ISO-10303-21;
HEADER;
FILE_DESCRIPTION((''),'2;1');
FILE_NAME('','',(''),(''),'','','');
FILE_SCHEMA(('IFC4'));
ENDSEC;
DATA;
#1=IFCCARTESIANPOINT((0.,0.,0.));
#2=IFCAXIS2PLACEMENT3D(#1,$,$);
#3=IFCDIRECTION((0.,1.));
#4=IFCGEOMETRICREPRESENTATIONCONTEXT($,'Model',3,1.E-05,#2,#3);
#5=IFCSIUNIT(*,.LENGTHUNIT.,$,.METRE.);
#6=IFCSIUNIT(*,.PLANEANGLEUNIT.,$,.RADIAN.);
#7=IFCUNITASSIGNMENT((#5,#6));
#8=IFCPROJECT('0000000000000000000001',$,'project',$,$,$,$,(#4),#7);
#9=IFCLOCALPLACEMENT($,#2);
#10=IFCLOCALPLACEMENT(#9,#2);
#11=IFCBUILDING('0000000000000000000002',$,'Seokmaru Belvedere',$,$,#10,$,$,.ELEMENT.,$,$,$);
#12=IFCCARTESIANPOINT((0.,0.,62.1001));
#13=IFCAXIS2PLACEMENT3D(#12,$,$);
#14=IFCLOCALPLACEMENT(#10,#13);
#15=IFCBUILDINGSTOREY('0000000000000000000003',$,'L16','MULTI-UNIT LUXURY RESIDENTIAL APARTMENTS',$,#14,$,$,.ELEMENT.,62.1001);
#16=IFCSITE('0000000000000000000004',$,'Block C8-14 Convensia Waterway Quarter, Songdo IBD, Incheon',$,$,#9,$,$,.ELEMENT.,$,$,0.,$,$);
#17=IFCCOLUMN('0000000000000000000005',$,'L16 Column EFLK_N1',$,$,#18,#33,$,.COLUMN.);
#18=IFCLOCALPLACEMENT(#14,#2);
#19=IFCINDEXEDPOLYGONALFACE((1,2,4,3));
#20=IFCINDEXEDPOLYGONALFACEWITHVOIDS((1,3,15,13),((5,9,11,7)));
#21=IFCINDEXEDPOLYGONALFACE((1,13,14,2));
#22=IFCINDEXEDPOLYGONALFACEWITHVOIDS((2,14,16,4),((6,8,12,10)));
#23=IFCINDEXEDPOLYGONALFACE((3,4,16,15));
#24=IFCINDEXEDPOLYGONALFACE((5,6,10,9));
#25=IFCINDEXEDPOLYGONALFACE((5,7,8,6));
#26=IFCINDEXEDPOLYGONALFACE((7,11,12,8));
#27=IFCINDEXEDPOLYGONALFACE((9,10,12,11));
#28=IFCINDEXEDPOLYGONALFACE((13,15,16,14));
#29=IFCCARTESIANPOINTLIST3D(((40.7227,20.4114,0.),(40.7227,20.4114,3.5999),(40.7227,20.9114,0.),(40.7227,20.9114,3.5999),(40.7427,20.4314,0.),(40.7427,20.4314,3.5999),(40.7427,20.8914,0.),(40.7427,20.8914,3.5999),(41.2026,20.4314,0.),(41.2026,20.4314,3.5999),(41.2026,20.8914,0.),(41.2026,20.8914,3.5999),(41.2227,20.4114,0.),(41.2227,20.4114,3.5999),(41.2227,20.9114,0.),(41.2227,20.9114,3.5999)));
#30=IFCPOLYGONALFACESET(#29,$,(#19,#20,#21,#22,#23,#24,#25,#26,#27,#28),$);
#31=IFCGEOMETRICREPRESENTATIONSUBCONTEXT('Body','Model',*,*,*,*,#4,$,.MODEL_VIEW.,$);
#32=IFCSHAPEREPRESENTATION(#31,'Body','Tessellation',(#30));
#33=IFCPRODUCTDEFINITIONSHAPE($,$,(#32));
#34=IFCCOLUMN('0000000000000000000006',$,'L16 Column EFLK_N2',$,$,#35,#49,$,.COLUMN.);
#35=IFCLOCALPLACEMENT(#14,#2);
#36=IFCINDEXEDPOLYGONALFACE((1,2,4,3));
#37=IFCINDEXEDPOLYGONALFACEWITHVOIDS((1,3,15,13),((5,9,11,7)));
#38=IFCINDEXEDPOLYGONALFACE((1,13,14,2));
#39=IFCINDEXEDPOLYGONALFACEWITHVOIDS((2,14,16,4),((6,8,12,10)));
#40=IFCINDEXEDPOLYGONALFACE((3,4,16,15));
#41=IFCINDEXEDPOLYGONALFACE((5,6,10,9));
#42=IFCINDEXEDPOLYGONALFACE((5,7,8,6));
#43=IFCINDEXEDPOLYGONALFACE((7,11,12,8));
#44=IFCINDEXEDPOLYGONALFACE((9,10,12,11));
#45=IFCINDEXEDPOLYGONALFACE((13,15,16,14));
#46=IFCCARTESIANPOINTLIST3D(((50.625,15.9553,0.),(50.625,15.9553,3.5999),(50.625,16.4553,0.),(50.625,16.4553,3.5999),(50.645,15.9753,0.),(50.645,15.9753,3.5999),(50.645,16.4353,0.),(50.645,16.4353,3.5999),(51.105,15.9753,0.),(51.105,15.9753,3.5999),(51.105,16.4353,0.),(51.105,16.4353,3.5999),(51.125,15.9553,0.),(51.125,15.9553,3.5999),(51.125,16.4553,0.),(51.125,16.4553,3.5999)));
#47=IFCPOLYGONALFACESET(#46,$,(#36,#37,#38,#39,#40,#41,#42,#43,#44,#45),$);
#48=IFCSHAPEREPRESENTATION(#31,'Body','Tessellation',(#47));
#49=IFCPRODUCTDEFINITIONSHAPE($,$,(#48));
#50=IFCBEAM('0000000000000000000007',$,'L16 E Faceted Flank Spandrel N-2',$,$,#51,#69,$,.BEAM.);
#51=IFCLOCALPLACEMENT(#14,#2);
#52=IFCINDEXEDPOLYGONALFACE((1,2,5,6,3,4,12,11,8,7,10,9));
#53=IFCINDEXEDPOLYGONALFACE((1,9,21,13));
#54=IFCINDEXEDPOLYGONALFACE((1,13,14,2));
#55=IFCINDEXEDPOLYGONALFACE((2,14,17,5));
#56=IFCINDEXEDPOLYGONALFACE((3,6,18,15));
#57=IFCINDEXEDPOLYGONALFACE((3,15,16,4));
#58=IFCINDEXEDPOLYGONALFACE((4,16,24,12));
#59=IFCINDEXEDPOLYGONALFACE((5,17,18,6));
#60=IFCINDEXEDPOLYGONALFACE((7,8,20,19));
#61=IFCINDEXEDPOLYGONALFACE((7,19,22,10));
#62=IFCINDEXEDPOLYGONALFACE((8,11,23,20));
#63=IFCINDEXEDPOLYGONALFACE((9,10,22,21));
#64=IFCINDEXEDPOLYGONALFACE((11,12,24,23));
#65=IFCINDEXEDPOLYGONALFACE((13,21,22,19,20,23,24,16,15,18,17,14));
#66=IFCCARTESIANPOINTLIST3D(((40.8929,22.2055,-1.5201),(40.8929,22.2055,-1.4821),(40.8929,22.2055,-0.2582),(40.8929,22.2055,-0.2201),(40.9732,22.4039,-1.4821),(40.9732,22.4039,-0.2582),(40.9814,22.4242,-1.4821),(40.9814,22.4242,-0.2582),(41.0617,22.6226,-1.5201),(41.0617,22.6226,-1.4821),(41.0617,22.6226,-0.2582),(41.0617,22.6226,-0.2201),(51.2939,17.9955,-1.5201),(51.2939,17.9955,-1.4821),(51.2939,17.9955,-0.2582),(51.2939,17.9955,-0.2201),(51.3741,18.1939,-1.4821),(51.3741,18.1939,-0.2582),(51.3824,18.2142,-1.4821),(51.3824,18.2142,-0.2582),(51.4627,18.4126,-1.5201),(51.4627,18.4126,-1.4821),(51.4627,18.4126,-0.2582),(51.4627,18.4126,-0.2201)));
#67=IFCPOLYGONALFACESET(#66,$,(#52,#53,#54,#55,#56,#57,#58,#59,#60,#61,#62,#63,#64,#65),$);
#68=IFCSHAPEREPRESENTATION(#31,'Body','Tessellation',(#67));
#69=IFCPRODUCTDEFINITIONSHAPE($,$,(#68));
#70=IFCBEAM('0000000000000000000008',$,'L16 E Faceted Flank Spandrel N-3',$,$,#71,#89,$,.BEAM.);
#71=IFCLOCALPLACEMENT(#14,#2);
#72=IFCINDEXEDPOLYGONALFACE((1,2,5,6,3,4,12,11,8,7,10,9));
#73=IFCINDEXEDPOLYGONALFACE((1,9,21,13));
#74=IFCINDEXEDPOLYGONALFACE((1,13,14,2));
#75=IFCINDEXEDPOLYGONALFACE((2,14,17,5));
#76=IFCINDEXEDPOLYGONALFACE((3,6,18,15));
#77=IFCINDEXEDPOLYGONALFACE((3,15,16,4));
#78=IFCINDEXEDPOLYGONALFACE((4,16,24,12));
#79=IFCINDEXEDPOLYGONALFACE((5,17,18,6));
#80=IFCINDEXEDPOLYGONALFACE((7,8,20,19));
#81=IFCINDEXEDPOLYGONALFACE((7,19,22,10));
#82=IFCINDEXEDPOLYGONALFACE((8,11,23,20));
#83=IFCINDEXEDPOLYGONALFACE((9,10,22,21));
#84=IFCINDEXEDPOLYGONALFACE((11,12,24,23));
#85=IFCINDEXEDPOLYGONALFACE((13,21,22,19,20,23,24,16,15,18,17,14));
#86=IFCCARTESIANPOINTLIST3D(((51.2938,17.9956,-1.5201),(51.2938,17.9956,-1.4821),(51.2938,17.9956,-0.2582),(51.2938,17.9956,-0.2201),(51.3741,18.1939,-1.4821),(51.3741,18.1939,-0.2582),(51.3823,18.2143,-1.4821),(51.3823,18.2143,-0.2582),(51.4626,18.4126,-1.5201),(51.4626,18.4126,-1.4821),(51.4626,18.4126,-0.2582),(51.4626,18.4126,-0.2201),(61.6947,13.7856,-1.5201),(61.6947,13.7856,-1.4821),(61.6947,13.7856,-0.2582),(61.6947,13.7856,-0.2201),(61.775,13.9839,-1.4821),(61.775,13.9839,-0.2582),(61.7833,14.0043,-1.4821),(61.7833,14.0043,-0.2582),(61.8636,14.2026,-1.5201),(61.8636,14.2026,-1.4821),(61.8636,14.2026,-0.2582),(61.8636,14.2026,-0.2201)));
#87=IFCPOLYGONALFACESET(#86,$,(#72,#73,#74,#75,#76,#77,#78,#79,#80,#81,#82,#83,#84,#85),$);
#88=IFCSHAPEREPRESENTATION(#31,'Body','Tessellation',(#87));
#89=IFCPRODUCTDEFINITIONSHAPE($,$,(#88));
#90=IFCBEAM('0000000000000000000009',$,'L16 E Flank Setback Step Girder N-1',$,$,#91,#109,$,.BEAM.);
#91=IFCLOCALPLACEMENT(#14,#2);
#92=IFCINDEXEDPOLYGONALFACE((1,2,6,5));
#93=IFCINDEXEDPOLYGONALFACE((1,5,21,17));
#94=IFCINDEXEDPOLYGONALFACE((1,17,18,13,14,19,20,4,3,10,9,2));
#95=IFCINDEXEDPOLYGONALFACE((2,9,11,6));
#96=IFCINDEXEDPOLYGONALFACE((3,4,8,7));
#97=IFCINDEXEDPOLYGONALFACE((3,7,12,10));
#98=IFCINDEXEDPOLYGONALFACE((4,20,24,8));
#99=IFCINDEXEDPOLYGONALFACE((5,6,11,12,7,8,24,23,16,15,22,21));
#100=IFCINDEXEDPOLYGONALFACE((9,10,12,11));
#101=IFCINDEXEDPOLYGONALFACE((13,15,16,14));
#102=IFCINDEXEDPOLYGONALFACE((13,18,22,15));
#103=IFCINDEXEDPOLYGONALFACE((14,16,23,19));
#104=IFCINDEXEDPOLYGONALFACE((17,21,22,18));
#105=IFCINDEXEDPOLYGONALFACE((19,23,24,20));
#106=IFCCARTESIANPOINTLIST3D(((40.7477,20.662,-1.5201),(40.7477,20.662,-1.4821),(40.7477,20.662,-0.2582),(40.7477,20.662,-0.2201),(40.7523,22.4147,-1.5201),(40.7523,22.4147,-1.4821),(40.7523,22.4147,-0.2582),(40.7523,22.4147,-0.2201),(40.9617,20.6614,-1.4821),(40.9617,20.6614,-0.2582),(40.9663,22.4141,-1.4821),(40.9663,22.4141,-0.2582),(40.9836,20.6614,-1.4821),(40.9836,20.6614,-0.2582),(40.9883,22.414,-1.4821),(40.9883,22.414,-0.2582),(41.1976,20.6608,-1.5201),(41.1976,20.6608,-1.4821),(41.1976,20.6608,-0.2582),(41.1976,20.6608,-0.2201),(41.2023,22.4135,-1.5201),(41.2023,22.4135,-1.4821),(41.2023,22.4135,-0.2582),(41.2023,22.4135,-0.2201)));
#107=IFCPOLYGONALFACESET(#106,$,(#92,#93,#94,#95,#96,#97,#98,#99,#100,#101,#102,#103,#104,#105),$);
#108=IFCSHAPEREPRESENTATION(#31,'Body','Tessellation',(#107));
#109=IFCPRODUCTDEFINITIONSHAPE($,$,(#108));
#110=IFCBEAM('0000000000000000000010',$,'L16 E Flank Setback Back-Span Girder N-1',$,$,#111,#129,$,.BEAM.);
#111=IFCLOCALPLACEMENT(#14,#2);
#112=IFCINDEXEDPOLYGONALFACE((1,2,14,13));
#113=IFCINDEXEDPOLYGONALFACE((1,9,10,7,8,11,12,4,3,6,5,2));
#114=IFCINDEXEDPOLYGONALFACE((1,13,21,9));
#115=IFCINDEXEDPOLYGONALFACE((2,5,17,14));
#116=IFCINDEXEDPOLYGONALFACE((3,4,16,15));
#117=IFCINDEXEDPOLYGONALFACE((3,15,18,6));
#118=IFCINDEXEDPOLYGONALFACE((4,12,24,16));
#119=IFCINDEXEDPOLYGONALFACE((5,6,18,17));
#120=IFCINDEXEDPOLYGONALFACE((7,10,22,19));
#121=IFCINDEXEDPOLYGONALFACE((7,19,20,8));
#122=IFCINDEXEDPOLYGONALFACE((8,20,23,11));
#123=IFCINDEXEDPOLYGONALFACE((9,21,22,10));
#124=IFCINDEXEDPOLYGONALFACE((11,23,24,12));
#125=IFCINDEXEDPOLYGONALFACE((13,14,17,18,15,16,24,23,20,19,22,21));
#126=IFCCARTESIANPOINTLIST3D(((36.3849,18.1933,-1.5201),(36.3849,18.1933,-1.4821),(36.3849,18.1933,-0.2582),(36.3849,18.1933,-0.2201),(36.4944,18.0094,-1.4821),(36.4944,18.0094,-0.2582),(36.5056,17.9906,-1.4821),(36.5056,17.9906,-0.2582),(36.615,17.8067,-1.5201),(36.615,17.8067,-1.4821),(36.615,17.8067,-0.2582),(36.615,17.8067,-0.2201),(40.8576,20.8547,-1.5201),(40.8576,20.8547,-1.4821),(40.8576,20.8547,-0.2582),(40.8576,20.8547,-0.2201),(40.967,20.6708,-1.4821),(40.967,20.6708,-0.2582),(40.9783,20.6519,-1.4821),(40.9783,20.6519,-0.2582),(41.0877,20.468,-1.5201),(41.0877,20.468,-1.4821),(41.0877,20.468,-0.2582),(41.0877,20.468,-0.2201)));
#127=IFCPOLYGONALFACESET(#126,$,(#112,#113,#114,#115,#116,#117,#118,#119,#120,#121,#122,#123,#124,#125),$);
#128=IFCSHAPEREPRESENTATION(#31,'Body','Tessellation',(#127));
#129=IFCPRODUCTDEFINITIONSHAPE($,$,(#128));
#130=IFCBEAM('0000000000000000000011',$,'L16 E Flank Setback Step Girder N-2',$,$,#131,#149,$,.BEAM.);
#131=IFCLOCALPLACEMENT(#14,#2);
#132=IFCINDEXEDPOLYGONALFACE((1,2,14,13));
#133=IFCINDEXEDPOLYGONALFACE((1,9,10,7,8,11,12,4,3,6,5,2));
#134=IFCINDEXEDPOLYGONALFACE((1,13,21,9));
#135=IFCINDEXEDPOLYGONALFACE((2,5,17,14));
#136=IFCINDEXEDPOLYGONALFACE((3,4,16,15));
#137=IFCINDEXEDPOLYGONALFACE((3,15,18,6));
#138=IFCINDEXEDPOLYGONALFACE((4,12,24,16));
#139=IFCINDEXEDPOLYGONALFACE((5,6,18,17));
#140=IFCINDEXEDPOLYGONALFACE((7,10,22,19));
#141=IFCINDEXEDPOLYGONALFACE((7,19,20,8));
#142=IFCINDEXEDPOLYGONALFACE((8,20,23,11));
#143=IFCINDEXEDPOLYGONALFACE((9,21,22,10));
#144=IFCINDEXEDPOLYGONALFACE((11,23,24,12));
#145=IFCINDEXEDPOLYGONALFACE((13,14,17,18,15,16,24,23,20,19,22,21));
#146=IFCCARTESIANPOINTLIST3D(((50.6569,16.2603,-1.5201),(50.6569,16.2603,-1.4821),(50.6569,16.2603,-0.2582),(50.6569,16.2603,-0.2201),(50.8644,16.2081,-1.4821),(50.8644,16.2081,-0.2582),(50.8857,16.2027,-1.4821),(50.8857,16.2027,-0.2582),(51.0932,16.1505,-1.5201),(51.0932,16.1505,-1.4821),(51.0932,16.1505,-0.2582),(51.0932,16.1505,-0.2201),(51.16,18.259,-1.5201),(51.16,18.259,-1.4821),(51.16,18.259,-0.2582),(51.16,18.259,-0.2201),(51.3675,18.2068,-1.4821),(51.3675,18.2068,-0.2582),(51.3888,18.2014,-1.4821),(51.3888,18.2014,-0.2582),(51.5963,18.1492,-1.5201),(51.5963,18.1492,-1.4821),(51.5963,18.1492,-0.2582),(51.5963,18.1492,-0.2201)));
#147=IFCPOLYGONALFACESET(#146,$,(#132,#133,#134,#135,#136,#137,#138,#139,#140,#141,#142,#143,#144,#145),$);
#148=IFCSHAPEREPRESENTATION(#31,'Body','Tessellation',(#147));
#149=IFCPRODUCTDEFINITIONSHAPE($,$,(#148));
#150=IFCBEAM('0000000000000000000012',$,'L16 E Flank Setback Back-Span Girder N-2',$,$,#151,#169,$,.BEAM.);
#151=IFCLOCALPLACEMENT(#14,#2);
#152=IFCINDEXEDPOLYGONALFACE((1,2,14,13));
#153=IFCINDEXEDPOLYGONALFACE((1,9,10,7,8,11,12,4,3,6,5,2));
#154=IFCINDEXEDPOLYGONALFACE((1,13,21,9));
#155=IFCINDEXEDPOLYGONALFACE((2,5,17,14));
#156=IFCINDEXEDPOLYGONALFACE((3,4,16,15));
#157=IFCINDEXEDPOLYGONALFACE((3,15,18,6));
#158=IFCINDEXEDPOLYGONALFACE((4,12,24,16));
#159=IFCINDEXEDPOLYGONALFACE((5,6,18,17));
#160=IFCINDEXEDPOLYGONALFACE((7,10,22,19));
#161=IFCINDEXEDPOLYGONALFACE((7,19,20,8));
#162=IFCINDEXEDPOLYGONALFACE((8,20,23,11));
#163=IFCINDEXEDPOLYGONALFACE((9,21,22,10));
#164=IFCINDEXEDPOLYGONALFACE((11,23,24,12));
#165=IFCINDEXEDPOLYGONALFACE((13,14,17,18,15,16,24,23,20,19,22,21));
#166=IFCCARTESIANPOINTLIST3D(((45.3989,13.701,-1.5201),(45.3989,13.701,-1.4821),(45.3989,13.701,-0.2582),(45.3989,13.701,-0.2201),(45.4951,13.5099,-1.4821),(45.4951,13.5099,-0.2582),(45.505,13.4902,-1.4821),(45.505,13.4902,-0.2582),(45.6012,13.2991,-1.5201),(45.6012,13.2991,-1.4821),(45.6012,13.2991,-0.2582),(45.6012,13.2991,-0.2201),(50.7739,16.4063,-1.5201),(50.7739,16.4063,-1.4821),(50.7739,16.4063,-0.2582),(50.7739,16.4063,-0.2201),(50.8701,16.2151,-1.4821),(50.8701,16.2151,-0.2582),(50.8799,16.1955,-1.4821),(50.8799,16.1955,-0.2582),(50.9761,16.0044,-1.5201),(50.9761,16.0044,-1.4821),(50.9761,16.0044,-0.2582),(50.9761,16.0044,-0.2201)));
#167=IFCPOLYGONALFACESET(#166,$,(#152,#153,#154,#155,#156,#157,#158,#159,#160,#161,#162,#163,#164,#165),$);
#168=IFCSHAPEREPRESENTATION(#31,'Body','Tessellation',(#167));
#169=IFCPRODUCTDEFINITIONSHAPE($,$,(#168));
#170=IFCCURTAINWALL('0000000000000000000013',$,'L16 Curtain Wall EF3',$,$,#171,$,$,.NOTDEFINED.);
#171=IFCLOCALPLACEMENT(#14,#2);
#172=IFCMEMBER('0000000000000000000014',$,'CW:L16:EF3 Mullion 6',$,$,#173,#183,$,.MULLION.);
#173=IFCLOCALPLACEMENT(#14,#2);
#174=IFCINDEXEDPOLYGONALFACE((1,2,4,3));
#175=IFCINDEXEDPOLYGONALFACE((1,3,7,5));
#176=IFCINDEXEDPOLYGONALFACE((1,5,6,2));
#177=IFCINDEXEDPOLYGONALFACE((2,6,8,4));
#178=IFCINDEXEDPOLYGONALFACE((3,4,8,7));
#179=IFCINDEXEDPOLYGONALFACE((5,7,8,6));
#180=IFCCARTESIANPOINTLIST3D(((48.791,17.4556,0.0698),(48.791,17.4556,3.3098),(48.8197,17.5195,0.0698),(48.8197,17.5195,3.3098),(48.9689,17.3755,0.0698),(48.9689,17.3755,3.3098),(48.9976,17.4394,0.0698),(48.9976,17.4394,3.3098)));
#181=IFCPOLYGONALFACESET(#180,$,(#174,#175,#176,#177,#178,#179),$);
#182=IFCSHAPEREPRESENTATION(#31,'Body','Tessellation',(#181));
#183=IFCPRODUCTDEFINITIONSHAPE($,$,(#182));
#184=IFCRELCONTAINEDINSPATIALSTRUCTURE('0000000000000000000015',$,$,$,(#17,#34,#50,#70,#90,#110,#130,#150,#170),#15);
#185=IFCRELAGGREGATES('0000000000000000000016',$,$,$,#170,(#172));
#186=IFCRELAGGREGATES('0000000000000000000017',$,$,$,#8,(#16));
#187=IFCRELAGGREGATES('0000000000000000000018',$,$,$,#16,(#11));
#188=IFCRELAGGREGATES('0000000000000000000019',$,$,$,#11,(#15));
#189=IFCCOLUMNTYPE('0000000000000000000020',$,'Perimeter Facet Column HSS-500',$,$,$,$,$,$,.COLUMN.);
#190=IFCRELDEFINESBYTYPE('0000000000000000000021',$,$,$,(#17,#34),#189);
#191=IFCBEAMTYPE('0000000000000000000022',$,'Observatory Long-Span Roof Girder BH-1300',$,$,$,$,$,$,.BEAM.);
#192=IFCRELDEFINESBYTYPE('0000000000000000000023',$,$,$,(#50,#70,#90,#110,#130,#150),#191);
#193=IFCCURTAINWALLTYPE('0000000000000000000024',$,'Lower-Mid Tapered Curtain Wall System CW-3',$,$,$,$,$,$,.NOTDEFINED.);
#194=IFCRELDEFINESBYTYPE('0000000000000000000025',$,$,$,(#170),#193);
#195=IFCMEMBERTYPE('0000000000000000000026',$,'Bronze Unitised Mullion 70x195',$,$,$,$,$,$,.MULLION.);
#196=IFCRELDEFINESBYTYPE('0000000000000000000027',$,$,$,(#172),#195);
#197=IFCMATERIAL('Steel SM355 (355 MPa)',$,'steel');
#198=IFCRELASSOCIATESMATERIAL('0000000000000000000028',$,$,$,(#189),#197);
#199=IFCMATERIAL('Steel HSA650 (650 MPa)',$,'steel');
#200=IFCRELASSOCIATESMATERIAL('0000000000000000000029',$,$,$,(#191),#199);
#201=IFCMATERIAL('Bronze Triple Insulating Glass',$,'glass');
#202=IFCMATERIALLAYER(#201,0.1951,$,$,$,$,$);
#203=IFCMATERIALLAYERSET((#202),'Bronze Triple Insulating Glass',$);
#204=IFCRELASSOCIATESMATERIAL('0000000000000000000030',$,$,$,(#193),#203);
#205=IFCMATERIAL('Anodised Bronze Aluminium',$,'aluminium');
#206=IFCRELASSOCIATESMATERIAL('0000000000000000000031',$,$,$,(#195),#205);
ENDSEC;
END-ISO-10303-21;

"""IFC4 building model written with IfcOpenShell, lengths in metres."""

from ifc_helpers import new_model, si_unit, direction, frame, origin, origin_2d, place, context, subcontext, project, spatial, rectangle, hollow_rectangle, i_section, extrude, source, transform, mapped, material, layer, layer_set, material_profile, profile_set, type_object, type_shapes, element, aggregate, save


model = new_model("IFC4")

# Units and contexts
model_context = context("Model", 3, precision=1e-05, world=origin(), true_north=direction((0.0, 1.0)))
body_context = subcontext(model_context, "Body", "Model", "MODEL_VIEW")
ifc_project = project(units=[si_unit("LENGTHUNIT", "METRE"), si_unit("PLANEANGLEUNIT", "RADIAN")], contexts=[model_context])

# Site, building, storey
site_placement = place(None, origin())
site = spatial("IfcSite", under=ifc_project, at=site_placement, Name="Block C8-14 Convensia Waterway Quarter, Songdo IBD, Incheon", CompositionType="ELEMENT", RefElevation=0.0)
building_placement = place(site_placement, origin())
building = spatial("IfcBuilding", under=site, at=building_placement, Name="Seokmaru Belvedere", CompositionType="ELEMENT")
storey_placement = place(building_placement, frame((0.0, 0.0, 62.1001)))
storey = spatial("IfcBuildingStorey", under=building, at=storey_placement, Name="L16", Description="MULTI-UNIT LUXURY RESIDENTIAL APARTMENTS", CompositionType="ELEMENT", Elevation=62.1001)

# Columns
ifc_material_1 = material(Name="Steel SM355 (355 MPa)", Category="steel")
ifc_material_profile_1 = material_profile(ifc_material_1, hollow_rectangle(XDim=0.5, YDim=0.5, WallThickness=0.02, at=origin_2d()), Name="HSS-500x500x20")
ifc_profile_set_1 = profile_set([ifc_material_profile_1], Name="Steel SM355 (355 MPa)")
column_type = type_object("IfcColumnType", Name="Perimeter Facet Column HSS-500", PredefinedType="COLUMN", material=ifc_profile_set_1)
shared_shape_1 = source(origin(), body_context, "Body", "SweptSolid", [
    extrude(hollow_rectangle(XDim=0.5, YDim=0.5, WallThickness=0.02, at=origin_2d()), origin(), (0.0, 0.0, 1.0), 3.5999),
])
type_shapes(column_type, [shared_shape_1])
for number, where, z_axis, x_axis, name in (
    (1, (40.9727, 20.6614, 0.0), (0.0, 0.0, 1.0), (1.0, 0.0, 0.0), "L16 Column EFLK_N1"),
    (2, (50.875, 16.2053, 0.0), (0.0, 0.0, 1.0), (1.0, 0.0, 0.0), "L16 Column EFLK_N2"),
):
    element("IfcColumn", number, at=place(storey_placement, frame(where, z_axis=z_axis, x_axis=x_axis)), inside=storey, type_object=column_type, Name=name, PredefinedType="COLUMN", context=body_context, shape_type="MappedRepresentation", body=[
        mapped(shared_shape_1, transform((0.0, 0.0, 0.0), scale=1.0)),
    ])

# Beams
ifc_material_2 = material(Name="Steel HSA650 (650 MPa)", Category="steel")
ifc_material_profile_2 = material_profile(ifc_material_2, i_section(OverallWidth=0.45, OverallDepth=1.3, WebThickness=0.022, FlangeThickness=0.0381, at=origin_2d()), Name="BH-1300x450x22x38")
ifc_profile_set_2 = profile_set([ifc_material_profile_2], Name="Steel HSA650 (650 MPa)")
beam_type = type_object("IfcBeamType", Name="Observatory Long-Span Roof Girder BH-1300", PredefinedType="BEAM", material=ifc_profile_set_2)
shared_shape_2 = source(origin(), body_context, "Body", "SweptSolid", [
    extrude(i_section(OverallWidth=0.45, OverallDepth=1.3, WebThickness=0.022, FlangeThickness=0.0381, at=origin_2d()), origin(), (0.0, 0.0, 1.0), 11.2207),
])
for number, where, z_axis, x_axis, name in (
    (3, (40.9773, 22.4141, -0.8701), (0.926944, -0.375199, 0.0), (0.375199, 0.926944, 0.0), "L16 E Faceted Flank Spandrel N-2"),
    (4, (51.3782, 18.2041, -0.8701), (0.926944, -0.375199, 0.0), (0.375199, 0.926944, 0.0), "L16 E Faceted Flank Spandrel N-3"),
):
    element("IfcBeam", number, at=place(storey_placement, frame(where, z_axis=z_axis, x_axis=x_axis)), inside=storey, type_object=beam_type, Name=name, PredefinedType="BEAM", context=body_context, shape_type="MappedRepresentation", body=[
        mapped(shared_shape_2, transform((0.0, 0.0, 0.0), scale=1.0)),
    ])
shared_shape_3 = source(origin(), body_context, "Body", "SweptSolid", [
    extrude(i_section(OverallWidth=0.45, OverallDepth=1.3, WebThickness=0.022, FlangeThickness=0.0381, at=origin_2d()), origin(), (0.0, 0.0, 1.0), 1.7527),
])
beam_1_placement = place(storey_placement, frame((40.9773, 22.4141, -0.8701), z_axis=(-0.002647, -0.999996, 0.0), x_axis=(0.999996, -0.002647, 0.0)))
element("IfcBeam", 5, at=beam_1_placement, inside=storey, type_object=beam_type, Name="L16 E Flank Setback Step Girder N-1", PredefinedType="BEAM", context=body_context, shape_type="MappedRepresentation", body=[
    mapped(shared_shape_3, transform((0.0, 0.0, 0.0), scale=1.0)),
])
shared_shape_4 = source(origin(), body_context, "Body", "SweptSolid", [
    extrude(i_section(OverallWidth=0.45, OverallDepth=1.3, WebThickness=0.022, FlangeThickness=0.0381, at=origin_2d()), origin(), (0.0, 0.0, 1.0), 5.2046),
])
beam_2_placement = place(storey_placement, frame((40.9727, 20.6614, -0.8701), z_axis=(-0.85937, -0.511354, 0.0), x_axis=(0.511354, -0.85937, 0.0)))
element("IfcBeam", 6, at=beam_2_placement, inside=storey, type_object=beam_type, Name="L16 E Flank Setback Back-Span Girder N-1", PredefinedType="BEAM", context=body_context, shape_type="MappedRepresentation", body=[
    mapped(shared_shape_4, transform((0.0, 0.0, 0.0), scale=1.0)),
])
shared_shape_5 = source(origin(), body_context, "Body", "SweptSolid", [
    extrude(i_section(OverallWidth=0.45, OverallDepth=1.3, WebThickness=0.022, FlangeThickness=0.0381, at=origin_2d()), origin(), (0.0, 0.0, 1.0), 2.061),
])
beam_3_placement = place(storey_placement, frame((51.3782, 18.2041, -0.8701), z_axis=(-0.244124, -0.969744, 0.0), x_axis=(0.969744, -0.244124, 0.0)))
element("IfcBeam", 7, at=beam_3_placement, inside=storey, type_object=beam_type, Name="L16 E Flank Setback Step Girder N-2", PredefinedType="BEAM", context=body_context, shape_type="MappedRepresentation", body=[
    mapped(shared_shape_5, transform((0.0, 0.0, 0.0), scale=1.0)),
])
shared_shape_6 = source(origin(), body_context, "Body", "SweptSolid", [
    extrude(i_section(OverallWidth=0.45, OverallDepth=1.3, WebThickness=0.022, FlangeThickness=0.0381, at=origin_2d()), origin(), (0.0, 0.0, 1.0), 6.0173),
])
type_shapes(beam_type, [shared_shape_2, shared_shape_3, shared_shape_4, shared_shape_5, shared_shape_6])
beam_4_placement = place(storey_placement, frame((50.875, 16.2053, -0.8701), z_axis=(-0.893239, -0.449581, 0.0), x_axis=(0.449581, -0.893239, 0.0)))
element("IfcBeam", 8, at=beam_4_placement, inside=storey, type_object=beam_type, Name="L16 E Flank Setback Back-Span Girder N-2", PredefinedType="BEAM", context=body_context, shape_type="MappedRepresentation", body=[
    mapped(shared_shape_6, transform((0.0, 0.0, 0.0), scale=1.0)),
])

# Curtain wall, member
ifc_material_3 = material(Name="Bronze Triple Insulating Glass", Category="glass")
ifc_layer_1 = layer(ifc_material_3, 0.1951)
ifc_layer_set_1 = layer_set([ifc_layer_1], Name="Bronze Triple Insulating Glass")
curtain_wall_type = type_object("IfcCurtainWallType", Name="Lower-Mid Tapered Curtain Wall System CW-3", PredefinedType="NOTDEFINED", material=ifc_layer_set_1)
curtain_wall_placement = place(storey_placement, origin())
curtain_wall = element("IfcCurtainWall", 9, at=curtain_wall_placement, inside=storey, type_object=curtain_wall_type, Name="L16 Curtain Wall EF3", PredefinedType="NOTDEFINED")
ifc_material_4 = material(Name="Anodised Bronze Aluminium", Category="aluminium")
ifc_material_profile_3 = material_profile(ifc_material_4, rectangle(XDim=0.0701, YDim=0.1951, at=origin_2d()), Name="CW-M-70x195")
ifc_profile_set_3 = profile_set([ifc_material_profile_3], Name="Anodised Bronze Aluminium")
member_type = type_object("IfcMemberType", Name="Bronze Unitised Mullion 70x195", PredefinedType="MULLION", material=ifc_profile_set_3)
shared_shape_7 = source(origin(), body_context, "Body", "SweptSolid", [
    extrude(rectangle(XDim=0.0701, YDim=0.1951, at=origin_2d()), origin(), (0.0, 0.0, 1.0), 3.24),
])
type_shapes(member_type, [shared_shape_7])
member_1_placement = place(storey_placement, frame((48.8943, 17.4475, 0.0698), z_axis=(0.0, 0.0, 1.0), x_axis=(-0.410366, -0.911921, 0.0)))
member_1 = element("IfcMember", 10, at=member_1_placement, type_object=member_type, Name="CW:L16:EF3 Mullion 6", PredefinedType="MULLION", context=body_context, shape_type="MappedRepresentation", body=[
    mapped(shared_shape_7, transform((0.0, 0.0, 0.0), scale=1.0)),
])
aggregate(curtain_wall, [member_1])

save(model, "model.ifc")
